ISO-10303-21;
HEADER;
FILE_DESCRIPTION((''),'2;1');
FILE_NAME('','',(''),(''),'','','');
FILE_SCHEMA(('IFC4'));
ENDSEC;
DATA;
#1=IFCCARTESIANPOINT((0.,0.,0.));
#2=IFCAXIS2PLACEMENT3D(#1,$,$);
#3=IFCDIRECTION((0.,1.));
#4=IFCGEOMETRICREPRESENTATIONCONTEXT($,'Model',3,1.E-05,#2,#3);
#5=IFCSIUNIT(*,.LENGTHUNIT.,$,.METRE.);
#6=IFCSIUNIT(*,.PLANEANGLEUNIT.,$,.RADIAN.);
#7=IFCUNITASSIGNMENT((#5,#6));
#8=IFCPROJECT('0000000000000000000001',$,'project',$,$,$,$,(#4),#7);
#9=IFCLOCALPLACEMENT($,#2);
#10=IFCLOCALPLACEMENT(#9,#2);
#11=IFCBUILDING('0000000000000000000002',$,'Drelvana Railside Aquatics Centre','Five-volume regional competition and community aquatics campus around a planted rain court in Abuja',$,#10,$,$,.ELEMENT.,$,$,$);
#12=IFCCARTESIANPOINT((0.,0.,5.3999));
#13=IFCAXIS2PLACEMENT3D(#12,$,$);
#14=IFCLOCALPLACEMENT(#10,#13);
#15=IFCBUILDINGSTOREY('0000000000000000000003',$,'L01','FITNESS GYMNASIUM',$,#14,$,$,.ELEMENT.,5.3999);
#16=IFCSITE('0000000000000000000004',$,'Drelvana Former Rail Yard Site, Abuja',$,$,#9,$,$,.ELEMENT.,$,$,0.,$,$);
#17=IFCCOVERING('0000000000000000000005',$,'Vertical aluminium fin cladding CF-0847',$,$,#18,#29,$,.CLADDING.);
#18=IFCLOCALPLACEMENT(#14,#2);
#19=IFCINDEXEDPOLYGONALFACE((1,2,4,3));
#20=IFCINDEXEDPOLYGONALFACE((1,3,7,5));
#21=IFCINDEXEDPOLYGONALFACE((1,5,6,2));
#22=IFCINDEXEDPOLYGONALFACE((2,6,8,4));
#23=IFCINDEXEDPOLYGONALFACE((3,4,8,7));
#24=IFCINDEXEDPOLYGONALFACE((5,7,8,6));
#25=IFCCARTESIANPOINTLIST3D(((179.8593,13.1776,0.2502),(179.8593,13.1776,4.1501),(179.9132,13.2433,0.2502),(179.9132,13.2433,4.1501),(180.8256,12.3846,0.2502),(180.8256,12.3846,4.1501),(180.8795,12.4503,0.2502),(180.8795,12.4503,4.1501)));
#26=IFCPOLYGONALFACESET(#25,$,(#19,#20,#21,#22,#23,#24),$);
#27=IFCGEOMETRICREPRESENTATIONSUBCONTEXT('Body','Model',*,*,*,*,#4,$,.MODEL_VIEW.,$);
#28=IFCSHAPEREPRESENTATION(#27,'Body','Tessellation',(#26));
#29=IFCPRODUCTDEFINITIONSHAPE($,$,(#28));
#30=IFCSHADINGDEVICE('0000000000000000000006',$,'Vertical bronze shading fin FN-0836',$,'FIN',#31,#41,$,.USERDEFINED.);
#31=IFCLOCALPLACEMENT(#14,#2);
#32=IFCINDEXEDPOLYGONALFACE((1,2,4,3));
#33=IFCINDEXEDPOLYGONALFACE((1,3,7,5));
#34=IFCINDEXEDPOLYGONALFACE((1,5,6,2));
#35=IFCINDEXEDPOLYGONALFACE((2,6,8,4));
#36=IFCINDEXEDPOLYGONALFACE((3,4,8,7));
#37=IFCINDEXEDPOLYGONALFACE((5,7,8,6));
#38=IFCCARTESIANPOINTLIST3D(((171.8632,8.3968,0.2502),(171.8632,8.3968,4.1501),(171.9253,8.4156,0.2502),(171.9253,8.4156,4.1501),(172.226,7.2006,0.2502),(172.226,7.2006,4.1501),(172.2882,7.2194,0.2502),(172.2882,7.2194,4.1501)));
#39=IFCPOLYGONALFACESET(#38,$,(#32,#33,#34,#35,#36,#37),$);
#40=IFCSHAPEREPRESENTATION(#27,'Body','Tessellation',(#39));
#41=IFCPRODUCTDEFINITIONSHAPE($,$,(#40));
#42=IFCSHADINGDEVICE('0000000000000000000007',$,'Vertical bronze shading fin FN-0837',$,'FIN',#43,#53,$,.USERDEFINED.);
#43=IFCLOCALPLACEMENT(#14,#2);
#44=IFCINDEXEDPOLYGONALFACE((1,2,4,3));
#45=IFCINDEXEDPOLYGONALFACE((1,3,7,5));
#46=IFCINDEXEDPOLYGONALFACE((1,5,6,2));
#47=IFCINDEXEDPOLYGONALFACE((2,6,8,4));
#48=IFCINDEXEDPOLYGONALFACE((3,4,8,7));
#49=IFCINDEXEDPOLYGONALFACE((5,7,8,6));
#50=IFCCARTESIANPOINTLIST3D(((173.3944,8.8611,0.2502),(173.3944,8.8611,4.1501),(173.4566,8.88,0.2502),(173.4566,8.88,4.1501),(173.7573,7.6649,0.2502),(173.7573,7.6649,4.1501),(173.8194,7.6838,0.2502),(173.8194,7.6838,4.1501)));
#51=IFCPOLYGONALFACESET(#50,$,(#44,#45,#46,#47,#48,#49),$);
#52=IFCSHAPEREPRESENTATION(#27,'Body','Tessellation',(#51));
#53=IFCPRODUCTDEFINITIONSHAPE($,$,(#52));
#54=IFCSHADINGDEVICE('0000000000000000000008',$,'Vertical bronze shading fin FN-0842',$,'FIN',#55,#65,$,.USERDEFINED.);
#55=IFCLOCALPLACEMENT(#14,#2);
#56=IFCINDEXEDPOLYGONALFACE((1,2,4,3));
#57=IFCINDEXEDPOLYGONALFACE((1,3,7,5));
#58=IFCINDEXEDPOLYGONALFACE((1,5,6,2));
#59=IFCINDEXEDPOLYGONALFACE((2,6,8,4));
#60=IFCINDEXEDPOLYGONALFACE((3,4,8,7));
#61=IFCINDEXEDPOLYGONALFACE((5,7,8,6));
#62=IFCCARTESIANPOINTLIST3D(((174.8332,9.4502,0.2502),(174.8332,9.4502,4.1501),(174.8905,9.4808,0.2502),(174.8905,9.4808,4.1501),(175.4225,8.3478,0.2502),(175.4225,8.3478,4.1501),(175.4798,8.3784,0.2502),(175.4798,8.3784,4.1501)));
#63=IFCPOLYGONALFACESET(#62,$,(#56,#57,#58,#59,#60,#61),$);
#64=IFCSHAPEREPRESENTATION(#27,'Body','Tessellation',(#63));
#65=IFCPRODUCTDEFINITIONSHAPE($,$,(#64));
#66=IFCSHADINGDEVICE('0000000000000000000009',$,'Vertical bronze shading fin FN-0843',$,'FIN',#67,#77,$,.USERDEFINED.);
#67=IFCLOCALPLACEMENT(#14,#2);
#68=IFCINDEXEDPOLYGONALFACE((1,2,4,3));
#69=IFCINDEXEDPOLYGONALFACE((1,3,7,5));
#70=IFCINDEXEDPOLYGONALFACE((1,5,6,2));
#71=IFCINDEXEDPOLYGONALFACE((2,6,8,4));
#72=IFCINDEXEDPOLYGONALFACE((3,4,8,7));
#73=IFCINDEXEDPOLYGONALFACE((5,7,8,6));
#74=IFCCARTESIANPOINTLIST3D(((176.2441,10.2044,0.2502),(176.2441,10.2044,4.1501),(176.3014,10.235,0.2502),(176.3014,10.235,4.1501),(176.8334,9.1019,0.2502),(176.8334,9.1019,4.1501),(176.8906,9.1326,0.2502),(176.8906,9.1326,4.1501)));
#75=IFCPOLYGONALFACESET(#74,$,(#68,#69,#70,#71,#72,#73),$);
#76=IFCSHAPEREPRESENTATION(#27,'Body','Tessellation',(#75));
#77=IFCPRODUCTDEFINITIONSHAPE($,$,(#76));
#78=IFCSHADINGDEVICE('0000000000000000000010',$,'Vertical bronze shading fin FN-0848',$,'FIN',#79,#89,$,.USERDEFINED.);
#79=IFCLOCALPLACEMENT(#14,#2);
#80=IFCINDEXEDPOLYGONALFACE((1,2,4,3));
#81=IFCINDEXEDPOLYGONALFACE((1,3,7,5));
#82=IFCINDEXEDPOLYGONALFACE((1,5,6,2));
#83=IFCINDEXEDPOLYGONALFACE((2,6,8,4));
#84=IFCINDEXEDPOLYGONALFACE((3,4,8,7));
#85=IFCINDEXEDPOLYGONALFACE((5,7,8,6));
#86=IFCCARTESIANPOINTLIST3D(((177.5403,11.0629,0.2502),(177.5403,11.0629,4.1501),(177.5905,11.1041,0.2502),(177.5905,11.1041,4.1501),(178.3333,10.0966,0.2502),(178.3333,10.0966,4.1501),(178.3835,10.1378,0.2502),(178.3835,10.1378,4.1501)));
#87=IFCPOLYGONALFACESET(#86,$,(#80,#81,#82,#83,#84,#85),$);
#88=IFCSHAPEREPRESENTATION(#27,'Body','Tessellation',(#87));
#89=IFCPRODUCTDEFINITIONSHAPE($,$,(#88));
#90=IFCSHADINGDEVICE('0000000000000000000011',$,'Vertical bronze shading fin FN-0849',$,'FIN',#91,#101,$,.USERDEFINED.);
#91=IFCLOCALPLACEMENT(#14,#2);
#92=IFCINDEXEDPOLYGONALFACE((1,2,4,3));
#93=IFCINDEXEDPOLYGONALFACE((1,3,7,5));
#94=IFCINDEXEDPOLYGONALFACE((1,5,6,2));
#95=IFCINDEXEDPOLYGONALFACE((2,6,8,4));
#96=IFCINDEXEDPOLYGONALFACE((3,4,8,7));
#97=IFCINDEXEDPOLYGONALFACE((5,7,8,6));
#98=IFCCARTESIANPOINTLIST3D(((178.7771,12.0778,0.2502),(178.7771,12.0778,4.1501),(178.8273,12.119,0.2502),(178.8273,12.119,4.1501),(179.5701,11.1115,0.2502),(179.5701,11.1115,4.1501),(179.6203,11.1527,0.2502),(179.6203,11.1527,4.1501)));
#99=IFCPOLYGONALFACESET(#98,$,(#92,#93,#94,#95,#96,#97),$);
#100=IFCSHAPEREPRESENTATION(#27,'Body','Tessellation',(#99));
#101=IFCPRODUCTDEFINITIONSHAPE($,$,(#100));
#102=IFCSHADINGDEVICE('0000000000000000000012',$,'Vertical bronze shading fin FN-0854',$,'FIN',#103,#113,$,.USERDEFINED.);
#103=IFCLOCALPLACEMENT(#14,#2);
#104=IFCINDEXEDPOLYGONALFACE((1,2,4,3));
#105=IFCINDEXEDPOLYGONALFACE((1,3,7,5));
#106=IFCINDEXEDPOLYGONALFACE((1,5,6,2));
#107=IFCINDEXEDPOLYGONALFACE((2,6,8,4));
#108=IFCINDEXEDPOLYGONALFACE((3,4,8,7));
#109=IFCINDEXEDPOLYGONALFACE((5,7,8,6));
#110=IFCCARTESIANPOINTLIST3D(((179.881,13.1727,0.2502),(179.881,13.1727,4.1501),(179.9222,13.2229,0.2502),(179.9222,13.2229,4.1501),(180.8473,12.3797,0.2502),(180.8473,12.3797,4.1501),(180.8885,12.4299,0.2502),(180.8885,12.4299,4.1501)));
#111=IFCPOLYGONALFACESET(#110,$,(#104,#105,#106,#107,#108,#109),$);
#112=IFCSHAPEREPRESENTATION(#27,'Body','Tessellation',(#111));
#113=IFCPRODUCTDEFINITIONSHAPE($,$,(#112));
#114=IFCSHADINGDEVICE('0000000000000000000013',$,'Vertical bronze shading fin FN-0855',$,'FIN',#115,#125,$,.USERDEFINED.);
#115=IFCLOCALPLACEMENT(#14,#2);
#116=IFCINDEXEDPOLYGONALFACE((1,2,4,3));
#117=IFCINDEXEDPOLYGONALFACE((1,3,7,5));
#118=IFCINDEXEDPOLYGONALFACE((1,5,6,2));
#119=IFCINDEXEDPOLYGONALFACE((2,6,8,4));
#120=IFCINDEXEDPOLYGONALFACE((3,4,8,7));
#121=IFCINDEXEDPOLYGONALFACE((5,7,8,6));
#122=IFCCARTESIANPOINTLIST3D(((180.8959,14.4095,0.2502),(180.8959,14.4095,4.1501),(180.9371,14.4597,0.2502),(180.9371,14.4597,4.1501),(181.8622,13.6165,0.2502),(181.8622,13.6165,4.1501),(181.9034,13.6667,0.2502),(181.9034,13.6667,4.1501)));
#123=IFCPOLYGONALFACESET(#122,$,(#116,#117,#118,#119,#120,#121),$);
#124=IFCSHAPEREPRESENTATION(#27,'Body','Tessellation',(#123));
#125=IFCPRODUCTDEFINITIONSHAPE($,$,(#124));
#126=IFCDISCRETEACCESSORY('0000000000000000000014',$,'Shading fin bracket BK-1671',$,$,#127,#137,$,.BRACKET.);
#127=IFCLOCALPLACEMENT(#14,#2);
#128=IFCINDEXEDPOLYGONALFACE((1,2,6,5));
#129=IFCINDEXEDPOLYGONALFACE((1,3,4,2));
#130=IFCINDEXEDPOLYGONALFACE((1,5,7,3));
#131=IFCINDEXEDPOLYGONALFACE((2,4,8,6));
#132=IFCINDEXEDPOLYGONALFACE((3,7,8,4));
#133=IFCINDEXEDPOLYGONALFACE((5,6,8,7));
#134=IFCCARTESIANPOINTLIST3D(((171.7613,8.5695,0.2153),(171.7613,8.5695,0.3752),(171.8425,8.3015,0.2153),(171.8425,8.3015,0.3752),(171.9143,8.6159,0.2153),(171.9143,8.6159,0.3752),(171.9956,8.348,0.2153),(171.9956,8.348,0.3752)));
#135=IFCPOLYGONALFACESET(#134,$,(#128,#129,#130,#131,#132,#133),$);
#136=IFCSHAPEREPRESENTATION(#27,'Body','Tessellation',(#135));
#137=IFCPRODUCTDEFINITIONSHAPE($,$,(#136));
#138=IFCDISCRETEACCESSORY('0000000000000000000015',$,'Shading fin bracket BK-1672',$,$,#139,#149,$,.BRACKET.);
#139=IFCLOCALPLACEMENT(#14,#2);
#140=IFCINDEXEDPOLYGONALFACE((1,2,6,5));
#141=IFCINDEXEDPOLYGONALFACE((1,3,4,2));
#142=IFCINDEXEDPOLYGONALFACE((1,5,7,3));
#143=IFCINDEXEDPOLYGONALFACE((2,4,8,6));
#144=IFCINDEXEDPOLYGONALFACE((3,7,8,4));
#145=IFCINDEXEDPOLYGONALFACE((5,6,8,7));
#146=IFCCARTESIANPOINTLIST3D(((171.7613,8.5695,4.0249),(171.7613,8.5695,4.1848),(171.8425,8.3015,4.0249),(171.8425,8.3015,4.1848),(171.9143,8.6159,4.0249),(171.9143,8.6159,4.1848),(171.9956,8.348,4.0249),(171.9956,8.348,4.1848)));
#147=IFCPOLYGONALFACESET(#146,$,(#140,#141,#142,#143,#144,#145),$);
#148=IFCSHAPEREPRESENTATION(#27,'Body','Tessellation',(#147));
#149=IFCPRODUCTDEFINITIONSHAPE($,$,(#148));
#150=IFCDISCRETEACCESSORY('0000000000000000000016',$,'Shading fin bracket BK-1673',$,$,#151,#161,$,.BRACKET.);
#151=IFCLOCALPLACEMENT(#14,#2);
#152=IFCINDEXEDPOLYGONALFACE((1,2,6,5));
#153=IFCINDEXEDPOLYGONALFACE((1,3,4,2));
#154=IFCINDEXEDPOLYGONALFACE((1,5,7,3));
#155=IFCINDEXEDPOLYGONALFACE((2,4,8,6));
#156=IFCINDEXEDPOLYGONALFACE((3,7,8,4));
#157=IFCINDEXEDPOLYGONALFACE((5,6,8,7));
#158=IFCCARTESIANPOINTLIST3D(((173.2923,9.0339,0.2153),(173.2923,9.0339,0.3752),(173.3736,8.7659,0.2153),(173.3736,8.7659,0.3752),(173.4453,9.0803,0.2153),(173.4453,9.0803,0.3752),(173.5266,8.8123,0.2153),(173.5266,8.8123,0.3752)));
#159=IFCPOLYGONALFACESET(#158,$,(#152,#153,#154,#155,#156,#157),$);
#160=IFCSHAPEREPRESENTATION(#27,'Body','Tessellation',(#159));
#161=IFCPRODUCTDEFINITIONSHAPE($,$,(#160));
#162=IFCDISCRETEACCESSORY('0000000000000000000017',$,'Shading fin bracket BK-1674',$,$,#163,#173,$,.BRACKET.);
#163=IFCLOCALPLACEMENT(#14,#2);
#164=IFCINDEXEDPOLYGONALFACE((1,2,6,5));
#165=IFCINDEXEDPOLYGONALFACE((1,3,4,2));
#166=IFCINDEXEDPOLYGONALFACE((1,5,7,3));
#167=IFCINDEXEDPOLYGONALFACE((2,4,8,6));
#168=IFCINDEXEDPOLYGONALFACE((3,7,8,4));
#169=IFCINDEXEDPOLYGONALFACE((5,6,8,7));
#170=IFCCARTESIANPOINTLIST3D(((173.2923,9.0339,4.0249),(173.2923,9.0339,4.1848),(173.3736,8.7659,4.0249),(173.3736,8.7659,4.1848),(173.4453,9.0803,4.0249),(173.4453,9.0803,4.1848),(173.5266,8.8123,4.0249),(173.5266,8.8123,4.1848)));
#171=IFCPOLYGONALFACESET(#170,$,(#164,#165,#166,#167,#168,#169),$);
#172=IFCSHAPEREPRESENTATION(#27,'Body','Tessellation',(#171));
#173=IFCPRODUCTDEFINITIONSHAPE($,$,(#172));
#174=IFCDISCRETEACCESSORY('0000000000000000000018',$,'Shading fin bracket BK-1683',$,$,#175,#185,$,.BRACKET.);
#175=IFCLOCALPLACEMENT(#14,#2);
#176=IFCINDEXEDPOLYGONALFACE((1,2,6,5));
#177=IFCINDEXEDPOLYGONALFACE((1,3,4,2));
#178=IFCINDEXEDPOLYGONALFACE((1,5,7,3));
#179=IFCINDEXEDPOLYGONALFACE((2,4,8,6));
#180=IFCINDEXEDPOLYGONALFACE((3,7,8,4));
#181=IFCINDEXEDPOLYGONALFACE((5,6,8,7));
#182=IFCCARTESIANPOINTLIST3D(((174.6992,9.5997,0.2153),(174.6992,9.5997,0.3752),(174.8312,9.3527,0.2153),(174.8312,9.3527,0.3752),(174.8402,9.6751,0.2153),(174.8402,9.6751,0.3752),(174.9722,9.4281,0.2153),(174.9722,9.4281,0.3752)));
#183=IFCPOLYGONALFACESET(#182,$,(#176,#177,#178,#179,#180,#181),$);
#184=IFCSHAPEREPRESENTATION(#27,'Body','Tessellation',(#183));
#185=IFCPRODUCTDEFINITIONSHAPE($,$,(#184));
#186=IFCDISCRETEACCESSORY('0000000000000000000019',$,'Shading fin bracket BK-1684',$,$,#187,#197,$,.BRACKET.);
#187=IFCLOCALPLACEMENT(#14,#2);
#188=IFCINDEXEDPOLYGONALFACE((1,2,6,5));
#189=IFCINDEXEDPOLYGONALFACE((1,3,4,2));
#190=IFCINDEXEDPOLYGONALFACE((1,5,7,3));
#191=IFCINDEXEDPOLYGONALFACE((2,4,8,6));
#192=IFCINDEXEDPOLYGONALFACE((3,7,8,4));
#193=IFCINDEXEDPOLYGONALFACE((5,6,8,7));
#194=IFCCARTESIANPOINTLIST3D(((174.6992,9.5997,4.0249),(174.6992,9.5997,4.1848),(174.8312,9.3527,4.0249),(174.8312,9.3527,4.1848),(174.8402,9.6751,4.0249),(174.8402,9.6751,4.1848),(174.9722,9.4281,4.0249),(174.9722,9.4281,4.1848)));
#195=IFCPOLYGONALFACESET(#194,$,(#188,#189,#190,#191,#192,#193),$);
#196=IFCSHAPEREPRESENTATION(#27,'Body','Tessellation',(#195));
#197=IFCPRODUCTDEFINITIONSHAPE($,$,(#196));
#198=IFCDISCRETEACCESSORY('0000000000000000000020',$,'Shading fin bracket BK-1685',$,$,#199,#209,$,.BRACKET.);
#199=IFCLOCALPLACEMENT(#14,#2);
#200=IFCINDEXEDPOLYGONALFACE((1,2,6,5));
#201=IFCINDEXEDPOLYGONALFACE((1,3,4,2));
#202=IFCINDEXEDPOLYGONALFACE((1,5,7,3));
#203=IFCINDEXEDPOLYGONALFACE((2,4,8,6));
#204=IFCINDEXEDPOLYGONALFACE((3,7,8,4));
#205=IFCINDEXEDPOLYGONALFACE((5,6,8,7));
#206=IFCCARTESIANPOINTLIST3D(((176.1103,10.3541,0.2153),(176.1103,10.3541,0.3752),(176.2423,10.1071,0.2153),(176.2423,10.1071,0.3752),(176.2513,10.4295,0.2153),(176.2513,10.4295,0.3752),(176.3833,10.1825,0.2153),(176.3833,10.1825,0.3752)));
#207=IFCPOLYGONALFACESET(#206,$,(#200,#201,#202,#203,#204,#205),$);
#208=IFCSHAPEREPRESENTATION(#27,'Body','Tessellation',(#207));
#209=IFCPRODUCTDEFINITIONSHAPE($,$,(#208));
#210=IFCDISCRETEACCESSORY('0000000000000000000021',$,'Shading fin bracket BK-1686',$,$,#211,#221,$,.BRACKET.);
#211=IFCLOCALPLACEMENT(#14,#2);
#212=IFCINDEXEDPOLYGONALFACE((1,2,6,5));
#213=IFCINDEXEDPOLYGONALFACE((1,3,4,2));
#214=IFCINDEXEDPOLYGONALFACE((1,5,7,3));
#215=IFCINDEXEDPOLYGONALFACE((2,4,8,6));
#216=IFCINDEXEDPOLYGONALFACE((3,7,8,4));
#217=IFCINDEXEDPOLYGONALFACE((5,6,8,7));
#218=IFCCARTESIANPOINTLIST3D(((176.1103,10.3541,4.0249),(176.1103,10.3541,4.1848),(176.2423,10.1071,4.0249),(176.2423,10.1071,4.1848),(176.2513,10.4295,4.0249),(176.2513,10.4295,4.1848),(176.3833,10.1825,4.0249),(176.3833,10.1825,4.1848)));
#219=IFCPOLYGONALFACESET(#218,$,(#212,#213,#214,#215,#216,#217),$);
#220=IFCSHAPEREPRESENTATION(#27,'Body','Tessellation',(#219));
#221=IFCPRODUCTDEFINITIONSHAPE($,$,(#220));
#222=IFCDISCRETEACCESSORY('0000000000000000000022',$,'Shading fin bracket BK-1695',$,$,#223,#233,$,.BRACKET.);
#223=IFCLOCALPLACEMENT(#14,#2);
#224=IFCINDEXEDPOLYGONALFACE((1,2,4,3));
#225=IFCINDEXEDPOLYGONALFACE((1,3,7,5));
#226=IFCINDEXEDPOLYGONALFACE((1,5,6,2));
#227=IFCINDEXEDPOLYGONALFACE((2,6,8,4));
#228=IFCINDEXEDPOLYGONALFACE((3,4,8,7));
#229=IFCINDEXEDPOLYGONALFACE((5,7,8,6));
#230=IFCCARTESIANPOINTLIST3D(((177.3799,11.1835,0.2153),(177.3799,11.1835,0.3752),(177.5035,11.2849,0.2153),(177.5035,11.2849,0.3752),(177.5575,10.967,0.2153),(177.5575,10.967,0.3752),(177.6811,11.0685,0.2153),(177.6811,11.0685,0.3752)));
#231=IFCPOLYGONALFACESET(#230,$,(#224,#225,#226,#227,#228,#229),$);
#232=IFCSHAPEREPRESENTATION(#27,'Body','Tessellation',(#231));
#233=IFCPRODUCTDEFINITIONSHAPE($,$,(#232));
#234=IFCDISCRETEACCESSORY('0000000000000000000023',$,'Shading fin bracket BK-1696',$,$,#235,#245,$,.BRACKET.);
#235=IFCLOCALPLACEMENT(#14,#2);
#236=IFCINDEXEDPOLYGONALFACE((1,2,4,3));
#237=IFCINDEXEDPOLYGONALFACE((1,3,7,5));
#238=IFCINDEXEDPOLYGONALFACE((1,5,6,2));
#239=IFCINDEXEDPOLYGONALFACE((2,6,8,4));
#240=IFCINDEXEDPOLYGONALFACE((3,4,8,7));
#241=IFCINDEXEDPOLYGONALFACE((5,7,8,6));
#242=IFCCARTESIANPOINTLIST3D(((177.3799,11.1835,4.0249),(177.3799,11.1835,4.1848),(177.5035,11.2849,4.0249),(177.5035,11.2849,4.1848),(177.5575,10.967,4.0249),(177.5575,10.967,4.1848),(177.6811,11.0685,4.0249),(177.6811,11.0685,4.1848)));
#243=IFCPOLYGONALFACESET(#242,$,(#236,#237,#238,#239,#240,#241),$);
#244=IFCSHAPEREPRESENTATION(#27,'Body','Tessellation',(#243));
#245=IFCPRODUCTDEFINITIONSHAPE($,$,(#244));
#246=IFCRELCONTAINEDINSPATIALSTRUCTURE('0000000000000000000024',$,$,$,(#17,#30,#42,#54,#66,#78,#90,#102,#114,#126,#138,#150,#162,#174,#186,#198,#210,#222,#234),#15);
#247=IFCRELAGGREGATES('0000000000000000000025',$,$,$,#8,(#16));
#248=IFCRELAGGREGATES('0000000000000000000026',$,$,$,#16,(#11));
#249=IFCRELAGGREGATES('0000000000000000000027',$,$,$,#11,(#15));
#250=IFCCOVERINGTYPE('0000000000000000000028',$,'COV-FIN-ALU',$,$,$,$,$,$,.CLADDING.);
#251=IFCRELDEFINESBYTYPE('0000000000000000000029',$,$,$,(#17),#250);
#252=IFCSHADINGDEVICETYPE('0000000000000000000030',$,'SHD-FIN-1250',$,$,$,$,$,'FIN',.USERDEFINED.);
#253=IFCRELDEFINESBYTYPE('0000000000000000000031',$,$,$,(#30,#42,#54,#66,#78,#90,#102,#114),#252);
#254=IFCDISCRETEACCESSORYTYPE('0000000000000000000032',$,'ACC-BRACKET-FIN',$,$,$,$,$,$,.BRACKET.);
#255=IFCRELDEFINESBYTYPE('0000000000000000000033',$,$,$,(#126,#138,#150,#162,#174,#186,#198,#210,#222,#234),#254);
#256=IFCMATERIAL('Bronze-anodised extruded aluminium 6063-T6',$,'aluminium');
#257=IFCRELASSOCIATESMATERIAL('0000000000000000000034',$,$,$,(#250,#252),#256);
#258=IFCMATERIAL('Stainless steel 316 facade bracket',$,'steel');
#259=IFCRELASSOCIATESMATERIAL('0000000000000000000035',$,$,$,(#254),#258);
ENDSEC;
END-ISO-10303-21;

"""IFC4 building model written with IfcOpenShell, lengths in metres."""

from ifc_helpers import new_model, si_unit, direction, frame, origin, origin_2d, place, context, subcontext, project, spatial, rectangle, extrude, material, type_object, element, save


model = new_model("IFC4")

# Units and contexts
model_context = context("Model", 3, precision=1e-05, world=origin(), true_north=direction((0.0, 1.0)))
body_context = subcontext(model_context, "Body", "Model", "MODEL_VIEW")
ifc_project = project(units=[si_unit("LENGTHUNIT", "METRE"), si_unit("PLANEANGLEUNIT", "RADIAN")], contexts=[model_context])

# Site, building, storey
site_placement = place(None, origin())
site = spatial("IfcSite", under=ifc_project, at=site_placement, Name="Drelvana Former Rail Yard Site, Abuja", CompositionType="ELEMENT", RefElevation=0.0)
building_placement = place(site_placement, origin())
building = spatial("IfcBuilding", under=site, at=building_placement, Name="Drelvana Railside Aquatics Centre", Description="Five-volume regional competition and community aquatics campus around a planted rain court in Abuja", CompositionType="ELEMENT")
storey_placement = place(building_placement, frame((0.0, 0.0, 5.3999)))
storey = spatial("IfcBuildingStorey", under=building, at=storey_placement, Name="L01", Description="FITNESS GYMNASIUM", CompositionType="ELEMENT", Elevation=5.3999)

# Covering
ifc_material_1 = material(Name="Bronze-anodised extruded aluminium 6063-T6", Category="aluminium")
covering_type = type_object("IfcCoveringType", Name="COV-FIN-ALU", PredefinedType="CLADDING", material=ifc_material_1)
for number, where, z_axis, x_axis, name in (
    (1, (180.3694, 12.814, 0.2502), (0.0, 0.0, 1.0), (-0.634393, -0.77301, 0.0), "Vertical aluminium fin cladding CF-0847"),
):
    element("IfcCovering", number, at=place(storey_placement, frame(where, z_axis=z_axis, x_axis=x_axis)), inside=storey, type_object=covering_type, Name=name, PredefinedType="CLADDING", context=body_context, shape_type="SweptSolid", body=[
        extrude(rectangle(XDim=0.085, YDim=1.25, at=origin_2d()), origin(), (0.0, 0.0, 1.0), 3.8999),
    ])

# Shading devices
shading_device_type = type_object("IfcShadingDeviceType", Name="SHD-FIN-1250", ElementType="FIN", PredefinedType="USERDEFINED", material=ifc_material_1)
for number, where, z_axis, x_axis, name in (
    (2, (172.0757, 7.8081, 0.2502), (0.0, 0.0, 1.0), (0.290285, -0.95694, 0.0), "Vertical bronze shading fin FN-0836"),
    (3, (173.6069, 8.2725, 0.2502), (0.0, 0.0, 1.0), (0.290285, -0.95694, 0.0), "Vertical bronze shading fin FN-0837"),
    (4, (175.1565, 8.9143, 0.2502), (0.0, 0.0, 1.0), (0.471397, -0.881921, 0.0), "Vertical bronze shading fin FN-0842"),
    (5, (176.5674, 9.6685, 0.2502), (0.0, 0.0, 1.0), (0.471397, -0.881921, 0.0), "Vertical bronze shading fin FN-0843"),
    (6, (177.9619, 10.6003, 0.2502), (0.0, 0.0, 1.0), (0.634393, -0.77301, 0.0), "Vertical bronze shading fin FN-0848"),
    (7, (179.1987, 11.6152, 0.2502), (0.0, 0.0, 1.0), (0.634393, -0.77301, 0.0), "Vertical bronze shading fin FN-0849"),
    (8, (180.3848, 12.8013, 0.2502), (0.0, 0.0, 1.0), (0.77301, -0.634393, 0.0), "Vertical bronze shading fin FN-0854"),
    (9, (181.3997, 14.0381, 0.2502), (0.0, 0.0, 1.0), (0.77301, -0.634393, 0.0), "Vertical bronze shading fin FN-0855"),
):
    element("IfcShadingDevice", number, at=place(storey_placement, frame(where, z_axis=z_axis, x_axis=x_axis)), inside=storey, type_object=shading_device_type, Name=name, ObjectType="FIN", PredefinedType="USERDEFINED", context=body_context, shape_type="SweptSolid", body=[
        extrude(rectangle(XDim=1.25, YDim=0.0649, at=origin_2d()), origin(), (0.0, 0.0, 1.0), 3.8999),
    ])

# Discrete accessories
ifc_material_2 = material(Name="Stainless steel 316 facade bracket", Category="steel")
discrete_accessory_type = type_object("IfcDiscreteAccessoryType", Name="ACC-BRACKET-FIN", PredefinedType="BRACKET", material=ifc_material_2)
for number, where, z_axis, x_axis, name in (
    (10, (171.8784, 8.4587, 0.2153), (0.0, 0.0, 1.0), (0.290285, -0.95694, 0.0), "Shading fin bracket BK-1671"),
    (11, (171.8784, 8.4587, 4.0249), (0.0, 0.0, 1.0), (0.290285, -0.95694, 0.0), "Shading fin bracket BK-1672"),
    (12, (173.4094, 8.9231, 0.2153), (0.0, 0.0, 1.0), (0.290285, -0.95694, 0.0), "Shading fin bracket BK-1673"),
    (13, (173.4094, 8.9231, 4.0249), (0.0, 0.0, 1.0), (0.290285, -0.95694, 0.0), "Shading fin bracket BK-1674"),
    (14, (174.8357, 9.5139, 0.2153), (0.0, 0.0, 1.0), (0.471397, -0.881921, 0.0), "Shading fin bracket BK-1683"),
    (15, (174.8357, 9.5139, 4.0249), (0.0, 0.0, 1.0), (0.471397, -0.881921, 0.0), "Shading fin bracket BK-1684"),
    (16, (176.2468, 10.2683, 0.2153), (0.0, 0.0, 1.0), (0.471397, -0.881921, 0.0), "Shading fin bracket BK-1685"),
    (17, (176.2468, 10.2683, 4.0249), (0.0, 0.0, 1.0), (0.471397, -0.881921, 0.0), "Shading fin bracket BK-1686"),
    (18, (177.5305, 11.126, 0.2153), (0.0, 0.0, 1.0), (0.634393, -0.77301, 0.0), "Shading fin bracket BK-1695"),
    (19, (177.5305, 11.126, 4.0249), (0.0, 0.0, 1.0), (0.634393, -0.77301, 0.0), "Shading fin bracket BK-1696"),
):
    element("IfcDiscreteAccessory", number, at=place(storey_placement, frame(where, z_axis=z_axis, x_axis=x_axis)), inside=storey, type_object=discrete_accessory_type, Name=name, PredefinedType="BRACKET", context=body_context, shape_type="SweptSolid", body=[
        extrude(rectangle(XDim=0.28, YDim=0.1599, at=origin_2d()), origin(), (0.0, 0.0, 1.0), 0.1599),
    ])

save(model, "model.ifc")
